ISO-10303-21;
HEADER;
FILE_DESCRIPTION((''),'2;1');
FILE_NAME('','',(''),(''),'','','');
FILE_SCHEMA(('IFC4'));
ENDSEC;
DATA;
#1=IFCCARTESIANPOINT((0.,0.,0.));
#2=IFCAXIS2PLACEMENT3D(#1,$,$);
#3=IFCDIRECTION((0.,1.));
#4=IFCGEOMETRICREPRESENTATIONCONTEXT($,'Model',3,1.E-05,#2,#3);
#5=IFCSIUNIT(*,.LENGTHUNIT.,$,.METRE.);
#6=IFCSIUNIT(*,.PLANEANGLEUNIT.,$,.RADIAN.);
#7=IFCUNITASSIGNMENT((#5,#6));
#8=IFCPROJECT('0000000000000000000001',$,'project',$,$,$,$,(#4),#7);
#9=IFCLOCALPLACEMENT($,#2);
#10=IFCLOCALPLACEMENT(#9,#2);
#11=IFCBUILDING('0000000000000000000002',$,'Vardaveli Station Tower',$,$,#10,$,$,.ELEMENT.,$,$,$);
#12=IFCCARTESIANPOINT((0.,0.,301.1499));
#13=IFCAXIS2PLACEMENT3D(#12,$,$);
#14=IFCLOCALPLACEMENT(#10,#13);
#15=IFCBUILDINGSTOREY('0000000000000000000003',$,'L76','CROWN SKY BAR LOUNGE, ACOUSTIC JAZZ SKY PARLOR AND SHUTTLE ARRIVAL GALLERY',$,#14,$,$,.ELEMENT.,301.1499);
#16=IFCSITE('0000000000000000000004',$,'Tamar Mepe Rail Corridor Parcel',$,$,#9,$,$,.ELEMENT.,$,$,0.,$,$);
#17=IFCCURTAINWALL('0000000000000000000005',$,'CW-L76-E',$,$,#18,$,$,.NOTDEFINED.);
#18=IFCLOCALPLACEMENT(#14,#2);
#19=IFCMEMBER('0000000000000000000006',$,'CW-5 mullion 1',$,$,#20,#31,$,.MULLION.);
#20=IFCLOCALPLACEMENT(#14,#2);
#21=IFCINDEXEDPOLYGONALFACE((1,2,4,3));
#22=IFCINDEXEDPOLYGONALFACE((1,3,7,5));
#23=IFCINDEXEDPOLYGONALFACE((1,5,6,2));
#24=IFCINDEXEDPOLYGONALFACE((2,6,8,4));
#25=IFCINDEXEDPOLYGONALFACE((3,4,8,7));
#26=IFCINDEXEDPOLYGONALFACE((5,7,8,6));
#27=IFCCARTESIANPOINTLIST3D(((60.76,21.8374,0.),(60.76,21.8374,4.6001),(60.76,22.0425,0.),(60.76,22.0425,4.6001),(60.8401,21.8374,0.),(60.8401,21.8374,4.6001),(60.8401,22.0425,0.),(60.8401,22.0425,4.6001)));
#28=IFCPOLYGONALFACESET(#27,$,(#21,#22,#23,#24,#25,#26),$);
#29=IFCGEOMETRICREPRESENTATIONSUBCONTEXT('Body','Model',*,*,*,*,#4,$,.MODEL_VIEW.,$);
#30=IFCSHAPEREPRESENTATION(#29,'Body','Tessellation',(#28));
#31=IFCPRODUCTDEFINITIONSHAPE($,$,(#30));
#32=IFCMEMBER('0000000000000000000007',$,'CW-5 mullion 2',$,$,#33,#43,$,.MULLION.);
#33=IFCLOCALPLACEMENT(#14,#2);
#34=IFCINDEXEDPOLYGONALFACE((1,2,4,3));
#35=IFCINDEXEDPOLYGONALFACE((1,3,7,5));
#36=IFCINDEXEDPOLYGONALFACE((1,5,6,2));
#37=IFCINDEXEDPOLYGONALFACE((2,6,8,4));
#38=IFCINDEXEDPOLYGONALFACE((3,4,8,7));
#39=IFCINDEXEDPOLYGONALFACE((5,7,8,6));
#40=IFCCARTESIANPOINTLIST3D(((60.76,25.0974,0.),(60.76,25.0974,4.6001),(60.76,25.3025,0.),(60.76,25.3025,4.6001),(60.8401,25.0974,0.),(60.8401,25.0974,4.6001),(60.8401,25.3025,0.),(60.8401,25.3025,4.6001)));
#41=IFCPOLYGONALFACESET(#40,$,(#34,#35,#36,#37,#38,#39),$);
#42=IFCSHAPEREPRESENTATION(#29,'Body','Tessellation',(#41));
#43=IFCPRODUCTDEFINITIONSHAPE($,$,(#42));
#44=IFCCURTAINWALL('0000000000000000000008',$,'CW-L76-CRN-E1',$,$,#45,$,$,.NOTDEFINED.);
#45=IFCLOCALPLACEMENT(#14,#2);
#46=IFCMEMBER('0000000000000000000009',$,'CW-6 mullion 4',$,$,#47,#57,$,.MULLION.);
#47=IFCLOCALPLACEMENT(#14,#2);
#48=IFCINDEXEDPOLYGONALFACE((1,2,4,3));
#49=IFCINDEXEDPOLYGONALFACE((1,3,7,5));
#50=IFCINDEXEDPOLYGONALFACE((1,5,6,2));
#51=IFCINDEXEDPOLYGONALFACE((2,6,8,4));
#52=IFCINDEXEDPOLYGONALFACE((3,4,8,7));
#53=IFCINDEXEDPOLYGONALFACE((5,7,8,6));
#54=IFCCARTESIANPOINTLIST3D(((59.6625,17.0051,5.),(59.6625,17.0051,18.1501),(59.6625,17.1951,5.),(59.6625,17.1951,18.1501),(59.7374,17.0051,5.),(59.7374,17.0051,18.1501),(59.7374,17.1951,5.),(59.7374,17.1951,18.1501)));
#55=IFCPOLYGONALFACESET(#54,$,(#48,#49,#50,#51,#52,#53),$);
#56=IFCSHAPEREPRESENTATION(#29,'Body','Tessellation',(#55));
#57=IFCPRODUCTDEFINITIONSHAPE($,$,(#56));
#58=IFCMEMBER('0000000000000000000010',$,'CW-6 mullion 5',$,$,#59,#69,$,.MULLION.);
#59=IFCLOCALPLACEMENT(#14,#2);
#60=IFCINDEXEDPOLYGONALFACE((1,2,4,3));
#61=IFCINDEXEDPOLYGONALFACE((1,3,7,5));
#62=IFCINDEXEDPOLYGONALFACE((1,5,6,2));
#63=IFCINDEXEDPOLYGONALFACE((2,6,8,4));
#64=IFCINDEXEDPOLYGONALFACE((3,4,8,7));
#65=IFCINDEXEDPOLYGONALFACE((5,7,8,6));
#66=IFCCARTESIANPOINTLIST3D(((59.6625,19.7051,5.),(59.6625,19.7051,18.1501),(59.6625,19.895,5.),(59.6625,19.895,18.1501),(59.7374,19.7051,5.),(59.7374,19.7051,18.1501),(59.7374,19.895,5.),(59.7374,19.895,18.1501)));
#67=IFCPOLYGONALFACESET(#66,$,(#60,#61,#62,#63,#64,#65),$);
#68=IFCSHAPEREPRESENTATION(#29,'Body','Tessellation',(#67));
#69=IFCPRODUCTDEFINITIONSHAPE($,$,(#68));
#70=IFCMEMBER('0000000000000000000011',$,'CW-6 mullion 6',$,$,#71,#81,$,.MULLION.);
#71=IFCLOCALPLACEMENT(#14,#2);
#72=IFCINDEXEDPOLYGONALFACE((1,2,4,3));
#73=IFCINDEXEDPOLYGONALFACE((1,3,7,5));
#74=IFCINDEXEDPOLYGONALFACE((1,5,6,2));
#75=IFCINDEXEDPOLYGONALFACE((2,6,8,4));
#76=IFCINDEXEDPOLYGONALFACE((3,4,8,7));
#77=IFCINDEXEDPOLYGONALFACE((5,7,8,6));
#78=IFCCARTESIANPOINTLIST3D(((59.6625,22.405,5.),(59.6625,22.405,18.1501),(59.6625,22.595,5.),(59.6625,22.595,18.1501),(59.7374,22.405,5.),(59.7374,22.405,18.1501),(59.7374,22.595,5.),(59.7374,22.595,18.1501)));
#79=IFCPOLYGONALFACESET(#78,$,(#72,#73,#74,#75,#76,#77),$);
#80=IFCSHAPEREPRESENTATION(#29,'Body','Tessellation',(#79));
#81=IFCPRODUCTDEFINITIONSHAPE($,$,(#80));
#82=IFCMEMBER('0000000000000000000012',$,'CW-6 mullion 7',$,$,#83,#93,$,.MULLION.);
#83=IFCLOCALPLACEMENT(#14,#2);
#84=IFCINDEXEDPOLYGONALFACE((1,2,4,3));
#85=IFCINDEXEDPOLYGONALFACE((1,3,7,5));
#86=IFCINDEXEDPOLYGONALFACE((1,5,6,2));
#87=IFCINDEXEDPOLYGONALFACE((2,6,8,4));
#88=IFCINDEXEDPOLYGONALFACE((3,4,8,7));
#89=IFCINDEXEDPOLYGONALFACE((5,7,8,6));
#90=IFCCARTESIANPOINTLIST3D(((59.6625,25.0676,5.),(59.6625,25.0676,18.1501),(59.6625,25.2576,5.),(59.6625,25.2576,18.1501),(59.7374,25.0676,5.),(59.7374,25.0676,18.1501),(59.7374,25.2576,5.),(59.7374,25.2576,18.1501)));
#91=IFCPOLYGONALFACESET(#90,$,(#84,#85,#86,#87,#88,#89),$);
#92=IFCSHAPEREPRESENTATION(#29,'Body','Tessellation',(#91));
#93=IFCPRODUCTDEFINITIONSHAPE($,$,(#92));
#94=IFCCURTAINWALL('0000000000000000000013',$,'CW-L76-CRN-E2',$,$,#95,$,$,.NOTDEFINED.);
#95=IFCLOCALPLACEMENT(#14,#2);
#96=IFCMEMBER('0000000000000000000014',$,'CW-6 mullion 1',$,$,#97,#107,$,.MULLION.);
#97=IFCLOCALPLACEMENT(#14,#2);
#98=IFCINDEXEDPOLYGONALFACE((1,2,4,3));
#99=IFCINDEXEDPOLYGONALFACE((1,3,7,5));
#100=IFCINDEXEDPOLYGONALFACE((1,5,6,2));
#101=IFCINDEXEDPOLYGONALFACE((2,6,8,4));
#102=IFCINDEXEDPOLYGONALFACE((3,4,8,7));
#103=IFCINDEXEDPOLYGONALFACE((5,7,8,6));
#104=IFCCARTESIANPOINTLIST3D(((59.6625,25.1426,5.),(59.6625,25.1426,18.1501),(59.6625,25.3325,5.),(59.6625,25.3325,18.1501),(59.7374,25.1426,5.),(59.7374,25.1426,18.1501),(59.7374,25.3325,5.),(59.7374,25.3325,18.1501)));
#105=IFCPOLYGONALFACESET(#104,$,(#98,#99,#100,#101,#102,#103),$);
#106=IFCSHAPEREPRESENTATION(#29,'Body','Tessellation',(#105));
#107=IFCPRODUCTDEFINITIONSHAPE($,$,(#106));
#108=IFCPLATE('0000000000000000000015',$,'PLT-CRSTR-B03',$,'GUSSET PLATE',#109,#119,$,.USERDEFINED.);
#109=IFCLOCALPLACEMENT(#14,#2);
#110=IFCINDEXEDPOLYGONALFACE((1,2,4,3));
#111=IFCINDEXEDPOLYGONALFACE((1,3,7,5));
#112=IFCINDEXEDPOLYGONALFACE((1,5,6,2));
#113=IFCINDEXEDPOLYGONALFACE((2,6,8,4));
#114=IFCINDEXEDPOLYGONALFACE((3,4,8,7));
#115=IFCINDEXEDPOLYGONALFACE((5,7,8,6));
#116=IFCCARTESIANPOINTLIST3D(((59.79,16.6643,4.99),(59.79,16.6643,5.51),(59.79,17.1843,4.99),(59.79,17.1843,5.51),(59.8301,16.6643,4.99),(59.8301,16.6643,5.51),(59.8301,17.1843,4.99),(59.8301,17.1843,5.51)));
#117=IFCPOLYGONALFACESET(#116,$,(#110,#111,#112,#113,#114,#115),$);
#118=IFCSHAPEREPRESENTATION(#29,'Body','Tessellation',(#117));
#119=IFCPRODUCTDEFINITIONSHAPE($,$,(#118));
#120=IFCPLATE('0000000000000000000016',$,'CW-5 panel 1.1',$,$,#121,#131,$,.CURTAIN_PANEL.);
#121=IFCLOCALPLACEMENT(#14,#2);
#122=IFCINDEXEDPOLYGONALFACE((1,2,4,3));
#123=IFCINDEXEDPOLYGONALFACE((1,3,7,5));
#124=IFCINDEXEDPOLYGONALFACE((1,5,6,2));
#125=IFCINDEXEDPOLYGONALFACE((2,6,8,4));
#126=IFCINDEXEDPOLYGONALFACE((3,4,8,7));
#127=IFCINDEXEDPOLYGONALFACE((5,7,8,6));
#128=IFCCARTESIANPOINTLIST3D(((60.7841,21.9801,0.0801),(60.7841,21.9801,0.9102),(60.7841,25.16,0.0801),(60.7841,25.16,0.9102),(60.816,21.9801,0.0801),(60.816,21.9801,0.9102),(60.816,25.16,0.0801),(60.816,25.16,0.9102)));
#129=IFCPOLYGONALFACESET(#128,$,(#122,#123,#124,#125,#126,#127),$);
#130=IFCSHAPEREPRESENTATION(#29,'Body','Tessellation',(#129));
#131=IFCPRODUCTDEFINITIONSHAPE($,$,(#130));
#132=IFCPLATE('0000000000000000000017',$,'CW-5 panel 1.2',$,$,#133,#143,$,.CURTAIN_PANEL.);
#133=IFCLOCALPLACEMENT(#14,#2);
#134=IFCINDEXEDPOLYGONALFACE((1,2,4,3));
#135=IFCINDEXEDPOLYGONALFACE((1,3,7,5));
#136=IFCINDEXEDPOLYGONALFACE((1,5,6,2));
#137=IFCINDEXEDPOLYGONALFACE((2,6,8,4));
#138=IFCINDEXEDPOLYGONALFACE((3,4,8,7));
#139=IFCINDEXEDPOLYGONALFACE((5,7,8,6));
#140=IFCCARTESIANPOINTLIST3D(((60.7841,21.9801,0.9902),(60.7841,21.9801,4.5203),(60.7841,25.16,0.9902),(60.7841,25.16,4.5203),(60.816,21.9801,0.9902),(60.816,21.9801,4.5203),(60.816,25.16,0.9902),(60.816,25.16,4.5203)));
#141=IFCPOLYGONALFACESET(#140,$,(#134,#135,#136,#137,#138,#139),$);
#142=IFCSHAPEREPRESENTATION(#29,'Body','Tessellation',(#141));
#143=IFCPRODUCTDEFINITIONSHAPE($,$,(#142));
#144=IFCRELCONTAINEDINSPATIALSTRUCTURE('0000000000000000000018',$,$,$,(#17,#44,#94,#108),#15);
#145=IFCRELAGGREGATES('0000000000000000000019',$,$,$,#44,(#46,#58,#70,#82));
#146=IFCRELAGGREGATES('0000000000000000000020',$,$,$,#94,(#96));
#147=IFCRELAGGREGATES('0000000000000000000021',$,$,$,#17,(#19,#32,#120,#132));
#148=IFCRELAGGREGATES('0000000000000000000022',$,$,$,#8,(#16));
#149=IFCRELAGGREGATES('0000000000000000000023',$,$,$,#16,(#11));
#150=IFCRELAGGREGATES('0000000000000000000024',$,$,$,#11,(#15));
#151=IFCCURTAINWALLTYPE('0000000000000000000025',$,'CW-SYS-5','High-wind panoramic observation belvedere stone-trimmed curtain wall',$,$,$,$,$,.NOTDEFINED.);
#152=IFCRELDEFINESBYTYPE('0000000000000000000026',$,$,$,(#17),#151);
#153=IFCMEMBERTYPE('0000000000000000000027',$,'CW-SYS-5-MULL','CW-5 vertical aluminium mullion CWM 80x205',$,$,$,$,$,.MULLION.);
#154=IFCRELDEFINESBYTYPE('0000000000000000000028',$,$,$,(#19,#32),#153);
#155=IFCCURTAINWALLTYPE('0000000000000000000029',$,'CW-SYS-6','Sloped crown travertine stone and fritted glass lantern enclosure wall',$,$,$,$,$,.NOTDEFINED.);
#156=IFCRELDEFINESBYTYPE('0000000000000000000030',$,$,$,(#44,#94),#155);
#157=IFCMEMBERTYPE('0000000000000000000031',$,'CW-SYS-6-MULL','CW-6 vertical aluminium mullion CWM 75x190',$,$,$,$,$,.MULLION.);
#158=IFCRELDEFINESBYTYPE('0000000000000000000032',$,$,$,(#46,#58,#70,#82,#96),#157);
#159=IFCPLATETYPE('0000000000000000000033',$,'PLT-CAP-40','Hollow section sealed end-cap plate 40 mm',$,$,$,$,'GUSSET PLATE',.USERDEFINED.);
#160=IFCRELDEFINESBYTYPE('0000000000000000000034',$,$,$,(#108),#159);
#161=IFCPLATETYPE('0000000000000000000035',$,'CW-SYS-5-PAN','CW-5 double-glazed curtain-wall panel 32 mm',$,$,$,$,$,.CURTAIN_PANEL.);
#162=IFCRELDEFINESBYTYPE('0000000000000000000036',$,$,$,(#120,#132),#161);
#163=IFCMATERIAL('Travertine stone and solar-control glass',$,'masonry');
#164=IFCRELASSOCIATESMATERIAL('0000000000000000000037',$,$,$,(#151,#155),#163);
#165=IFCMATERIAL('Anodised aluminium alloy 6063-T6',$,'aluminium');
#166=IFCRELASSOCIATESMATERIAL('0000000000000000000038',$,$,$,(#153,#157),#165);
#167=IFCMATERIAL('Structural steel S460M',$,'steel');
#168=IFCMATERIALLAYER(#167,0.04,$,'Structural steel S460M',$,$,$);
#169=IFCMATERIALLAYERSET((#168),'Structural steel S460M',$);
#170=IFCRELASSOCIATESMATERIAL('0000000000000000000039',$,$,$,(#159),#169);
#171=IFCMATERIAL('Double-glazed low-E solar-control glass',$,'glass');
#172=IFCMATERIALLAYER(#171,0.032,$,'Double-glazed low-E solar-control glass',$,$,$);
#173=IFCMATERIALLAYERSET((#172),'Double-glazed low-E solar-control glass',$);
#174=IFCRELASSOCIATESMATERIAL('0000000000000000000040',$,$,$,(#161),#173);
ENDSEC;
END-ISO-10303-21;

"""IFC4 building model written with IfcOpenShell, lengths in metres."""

from ifc_helpers import new_model, si_unit, direction, frame, origin, origin_2d, place, context, subcontext, project, spatial, rectangle, extrude, source, transform, mapped, material, layer, layer_set, material_profile, profile_set, type_object, element, aggregate, save


model = new_model("IFC4")

# Units and contexts
model_context = context("Model", 3, precision=1e-05, world=origin(), true_north=direction((0.0, 1.0)))
body_context = subcontext(model_context, "Body", "Model", "MODEL_VIEW")
ifc_project = project(units=[si_unit("LENGTHUNIT", "METRE"), si_unit("PLANEANGLEUNIT", "RADIAN")], contexts=[model_context])

# Site, building, storey
site_placement = place(None, origin())
site = spatial("IfcSite", under=ifc_project, at=site_placement, Name="Tamar Mepe Rail Corridor Parcel", CompositionType="ELEMENT", RefElevation=0.0)
building_placement = place(site_placement, origin())
building = spatial("IfcBuilding", under=site, at=building_placement, Name="Vardaveli Station Tower", CompositionType="ELEMENT")
storey_placement = place(building_placement, frame((0.0, 0.0, 301.1499)))
storey = spatial("IfcBuildingStorey", under=building, at=storey_placement, Name="L76", Description="CROWN SKY BAR LOUNGE, ACOUSTIC JAZZ SKY PARLOR AND SHUTTLE ARRIVAL GALLERY", CompositionType="ELEMENT", Elevation=301.1499)

# Curtain walls, members
ifc_material_1 = material(Name="Travertine stone and solar-control glass", Category="masonry")
curtain_wall_type_1 = type_object("IfcCurtainWallType", Name="CW-SYS-5", Description="High-wind panoramic observation belvedere stone-trimmed curtain wall", PredefinedType="NOTDEFINED", material=ifc_material_1)
curtain_wall_1_placement = place(storey_placement, origin())
curtain_wall_1 = element("IfcCurtainWall", 1, at=curtain_wall_1_placement, inside=storey, type_object=curtain_wall_type_1, Name="CW-L76-E", PredefinedType="NOTDEFINED")
ifc_material_2 = material(Name="Anodised aluminium alloy 6063-T6", Category="aluminium")
ifc_material_profile_1 = material_profile(ifc_material_2, rectangle(XDim=0.0801, YDim=0.2051, at=origin_2d()), Name="CWM 80x205")
ifc_profile_set_1 = profile_set([ifc_material_profile_1], Name="Anodised aluminium alloy 6063-T6")
member_type_1 = type_object("IfcMemberType", Name="CW-SYS-5-MULL", Description="CW-5 vertical aluminium mullion CWM 80x205", PredefinedType="MULLION", material=ifc_profile_set_1)
shared_shape_1 = source(origin(), body_context, "Body", "SweptSolid", [
    extrude(rectangle(XDim=0.0801, YDim=0.2051, at=origin_2d()), origin(), (0.0, 0.0, 1.0), 4.6001),
])
member_1_placement = place(storey_placement, frame((60.8, 21.9399, 0.0), z_axis=(0.0, 0.0, 1.0), x_axis=(-1.0, 0.0, 0.0)))
member_1 = element("IfcMember", 2, at=member_1_placement, type_object=member_type_1, Name="CW-5 mullion 1", PredefinedType="MULLION", context=body_context, shape_type="MappedRepresentation", body=[
    mapped(shared_shape_1, transform((0.0, 0.0, 0.0), scale=1.0)),
])
member_2_placement = place(storey_placement, frame((60.8, 25.2, 0.0), z_axis=(0.0, 0.0, 1.0), x_axis=(-1.0, 0.0, 0.0)))
member_2 = element("IfcMember", 3, at=member_2_placement, type_object=member_type_1, Name="CW-5 mullion 2", PredefinedType="MULLION", context=body_context, shape_type="MappedRepresentation", body=[
    mapped(shared_shape_1, transform((0.0, 0.0, 0.0), scale=1.0)),
])
curtain_wall_type_2 = type_object("IfcCurtainWallType", Name="CW-SYS-6", Description="Sloped crown travertine stone and fritted glass lantern enclosure wall", PredefinedType="NOTDEFINED", material=ifc_material_1)
curtain_wall_2_placement = place(storey_placement, origin())
curtain_wall_2 = element("IfcCurtainWall", 4, at=curtain_wall_2_placement, inside=storey, type_object=curtain_wall_type_2, Name="CW-L76-CRN-E1", PredefinedType="NOTDEFINED")
ifc_material_profile_2 = material_profile(ifc_material_2, rectangle(XDim=0.075, YDim=0.1899, at=origin_2d()), Name="CWM 75x190")
ifc_profile_set_2 = profile_set([ifc_material_profile_2], Name="Anodised aluminium alloy 6063-T6")
member_type_2 = type_object("IfcMemberType", Name="CW-SYS-6-MULL", Description="CW-6 vertical aluminium mullion CWM 75x190", PredefinedType="MULLION", material=ifc_profile_set_2)
shared_shape_2 = source(origin(), body_context, "Body", "SweptSolid", [
    extrude(rectangle(XDim=0.075, YDim=0.1899, at=origin_2d()), origin(), (0.0, 0.0, 1.0), 13.1501),
])
member_3_placement = place(storey_placement, frame((59.7, 17.1001, 5.0), z_axis=(0.0, 0.0, 1.0), x_axis=(-1.0, 0.0, 0.0)))
member_3 = element("IfcMember", 5, at=member_3_placement, type_object=member_type_2, Name="CW-6 mullion 4", PredefinedType="MULLION", context=body_context, shape_type="MappedRepresentation", body=[
    mapped(shared_shape_2, transform((0.0, 0.0, 0.0), scale=1.0)),
])
member_4_placement = place(storey_placement, frame((59.7, 19.8, 5.0), z_axis=(0.0, 0.0, 1.0), x_axis=(-1.0, 0.0, 0.0)))
member_4 = element("IfcMember", 6, at=member_4_placement, type_object=member_type_2, Name="CW-6 mullion 5", PredefinedType="MULLION", context=body_context, shape_type="MappedRepresentation", body=[
    mapped(shared_shape_2, transform((0.0, 0.0, 0.0), scale=1.0)),
])
member_5_placement = place(storey_placement, frame((59.7, 22.5, 5.0), z_axis=(0.0, 0.0, 1.0), x_axis=(-1.0, 0.0, 0.0)))
member_5 = element("IfcMember", 7, at=member_5_placement, type_object=member_type_2, Name="CW-6 mullion 6", PredefinedType="MULLION", context=body_context, shape_type="MappedRepresentation", body=[
    mapped(shared_shape_2, transform((0.0, 0.0, 0.0), scale=1.0)),
])
member_6_placement = place(storey_placement, frame((59.7, 25.1626, 5.0), z_axis=(0.0, 0.0, 1.0), x_axis=(-1.0, 0.0, 0.0)))
member_6 = element("IfcMember", 8, at=member_6_placement, type_object=member_type_2, Name="CW-6 mullion 7", PredefinedType="MULLION", context=body_context, shape_type="MappedRepresentation", body=[
    mapped(shared_shape_2, transform((0.0, 0.0, 0.0), scale=1.0)),
])
aggregate(curtain_wall_2, [member_3, member_4, member_5, member_6])

# Curtain wall, member
curtain_wall_3_placement = place(storey_placement, origin())
curtain_wall_3 = element("IfcCurtainWall", 9, at=curtain_wall_3_placement, inside=storey, type_object=curtain_wall_type_2, Name="CW-L76-CRN-E2", PredefinedType="NOTDEFINED")
member_7_placement = place(storey_placement, frame((59.7, 25.2375, 5.0), z_axis=(0.0, 0.0, 1.0), x_axis=(-1.0, 0.0, 0.0)))
member_7 = element("IfcMember", 10, at=member_7_placement, type_object=member_type_2, Name="CW-6 mullion 1", PredefinedType="MULLION", context=body_context, shape_type="MappedRepresentation", body=[
    mapped(shared_shape_2, transform((0.0, 0.0, 0.0), scale=1.0)),
])
aggregate(curtain_wall_3, [member_7])

# Plates
ifc_material_3 = material(Name="Structural steel S460M", Category="steel")
ifc_layer_1 = layer(ifc_material_3, 0.04, Name="Structural steel S460M")
ifc_layer_set_1 = layer_set([ifc_layer_1], Name="Structural steel S460M")
plate_type_1 = type_object("IfcPlateType", Name="PLT-CAP-40", Description="Hollow section sealed end-cap plate 40 mm", ElementType="GUSSET PLATE", PredefinedType="USERDEFINED", material=ifc_layer_set_1)
shared_shape_3 = source(origin(), body_context, "Body", "SweptSolid", [
    extrude(rectangle(XDim=0.52, YDim=0.04, at=origin_2d()), origin(), (0.0, 0.0, 1.0), 0.52),
])
plate_1_placement = place(storey_placement, frame((59.8101, 16.9243, 4.99), z_axis=(0.0, 0.0, 1.0), x_axis=(0.0, 1.0, 0.0)))
element("IfcPlate", 11, at=plate_1_placement, inside=storey, type_object=plate_type_1, Name="PLT-CRSTR-B03", ObjectType="GUSSET PLATE", PredefinedType="USERDEFINED", context=body_context, shape_type="MappedRepresentation", body=[
    mapped(shared_shape_3, transform((0.0, 0.0, 0.0), scale=1.0)),
])
ifc_material_4 = material(Name="Double-glazed low-E solar-control glass", Category="glass")
ifc_layer_2 = layer(ifc_material_4, 0.032, Name="Double-glazed low-E solar-control glass")
ifc_layer_set_2 = layer_set([ifc_layer_2], Name="Double-glazed low-E solar-control glass")
plate_type_2 = type_object("IfcPlateType", Name="CW-SYS-5-PAN", Description="CW-5 double-glazed curtain-wall panel 32 mm", PredefinedType="CURTAIN_PANEL", material=ifc_layer_set_2)
shared_shape_4 = source(origin(), body_context, "Body", "SweptSolid", [
    extrude(rectangle(XDim=3.1799, YDim=0.032, at=origin_2d()), origin(), (0.0, 0.0, 1.0), 0.8301),
])
plate_2_placement = place(storey_placement, frame((60.8, 23.5701, 0.0801), z_axis=(0.0, 0.0, 1.0), x_axis=(0.0, 1.0, 0.0)))
plate_2 = element("IfcPlate", 12, at=plate_2_placement, type_object=plate_type_2, Name="CW-5 panel 1.1", PredefinedType="CURTAIN_PANEL", context=body_context, shape_type="MappedRepresentation", body=[
    mapped(shared_shape_4, transform((0.0, 0.0, 0.0), scale=1.0)),
])
shared_shape_5 = source(origin(), body_context, "Body", "SweptSolid", [
    extrude(rectangle(XDim=3.1799, YDim=0.032, at=origin_2d()), origin(), (0.0, 0.0, 1.0), 3.53),
])
plate_3_placement = place(storey_placement, frame((60.8, 23.5701, 0.9902), z_axis=(0.0, 0.0, 1.0), x_axis=(0.0, 1.0, 0.0)))
plate_3 = element("IfcPlate", 13, at=plate_3_placement, type_object=plate_type_2, Name="CW-5 panel 1.2", PredefinedType="CURTAIN_PANEL", context=body_context, shape_type="MappedRepresentation", body=[
    mapped(shared_shape_5, transform((0.0, 0.0, 0.0), scale=1.0)),
])
aggregate(curtain_wall_1, [member_1, member_2, plate_2, plate_3])

save(model, "model.ifc")
